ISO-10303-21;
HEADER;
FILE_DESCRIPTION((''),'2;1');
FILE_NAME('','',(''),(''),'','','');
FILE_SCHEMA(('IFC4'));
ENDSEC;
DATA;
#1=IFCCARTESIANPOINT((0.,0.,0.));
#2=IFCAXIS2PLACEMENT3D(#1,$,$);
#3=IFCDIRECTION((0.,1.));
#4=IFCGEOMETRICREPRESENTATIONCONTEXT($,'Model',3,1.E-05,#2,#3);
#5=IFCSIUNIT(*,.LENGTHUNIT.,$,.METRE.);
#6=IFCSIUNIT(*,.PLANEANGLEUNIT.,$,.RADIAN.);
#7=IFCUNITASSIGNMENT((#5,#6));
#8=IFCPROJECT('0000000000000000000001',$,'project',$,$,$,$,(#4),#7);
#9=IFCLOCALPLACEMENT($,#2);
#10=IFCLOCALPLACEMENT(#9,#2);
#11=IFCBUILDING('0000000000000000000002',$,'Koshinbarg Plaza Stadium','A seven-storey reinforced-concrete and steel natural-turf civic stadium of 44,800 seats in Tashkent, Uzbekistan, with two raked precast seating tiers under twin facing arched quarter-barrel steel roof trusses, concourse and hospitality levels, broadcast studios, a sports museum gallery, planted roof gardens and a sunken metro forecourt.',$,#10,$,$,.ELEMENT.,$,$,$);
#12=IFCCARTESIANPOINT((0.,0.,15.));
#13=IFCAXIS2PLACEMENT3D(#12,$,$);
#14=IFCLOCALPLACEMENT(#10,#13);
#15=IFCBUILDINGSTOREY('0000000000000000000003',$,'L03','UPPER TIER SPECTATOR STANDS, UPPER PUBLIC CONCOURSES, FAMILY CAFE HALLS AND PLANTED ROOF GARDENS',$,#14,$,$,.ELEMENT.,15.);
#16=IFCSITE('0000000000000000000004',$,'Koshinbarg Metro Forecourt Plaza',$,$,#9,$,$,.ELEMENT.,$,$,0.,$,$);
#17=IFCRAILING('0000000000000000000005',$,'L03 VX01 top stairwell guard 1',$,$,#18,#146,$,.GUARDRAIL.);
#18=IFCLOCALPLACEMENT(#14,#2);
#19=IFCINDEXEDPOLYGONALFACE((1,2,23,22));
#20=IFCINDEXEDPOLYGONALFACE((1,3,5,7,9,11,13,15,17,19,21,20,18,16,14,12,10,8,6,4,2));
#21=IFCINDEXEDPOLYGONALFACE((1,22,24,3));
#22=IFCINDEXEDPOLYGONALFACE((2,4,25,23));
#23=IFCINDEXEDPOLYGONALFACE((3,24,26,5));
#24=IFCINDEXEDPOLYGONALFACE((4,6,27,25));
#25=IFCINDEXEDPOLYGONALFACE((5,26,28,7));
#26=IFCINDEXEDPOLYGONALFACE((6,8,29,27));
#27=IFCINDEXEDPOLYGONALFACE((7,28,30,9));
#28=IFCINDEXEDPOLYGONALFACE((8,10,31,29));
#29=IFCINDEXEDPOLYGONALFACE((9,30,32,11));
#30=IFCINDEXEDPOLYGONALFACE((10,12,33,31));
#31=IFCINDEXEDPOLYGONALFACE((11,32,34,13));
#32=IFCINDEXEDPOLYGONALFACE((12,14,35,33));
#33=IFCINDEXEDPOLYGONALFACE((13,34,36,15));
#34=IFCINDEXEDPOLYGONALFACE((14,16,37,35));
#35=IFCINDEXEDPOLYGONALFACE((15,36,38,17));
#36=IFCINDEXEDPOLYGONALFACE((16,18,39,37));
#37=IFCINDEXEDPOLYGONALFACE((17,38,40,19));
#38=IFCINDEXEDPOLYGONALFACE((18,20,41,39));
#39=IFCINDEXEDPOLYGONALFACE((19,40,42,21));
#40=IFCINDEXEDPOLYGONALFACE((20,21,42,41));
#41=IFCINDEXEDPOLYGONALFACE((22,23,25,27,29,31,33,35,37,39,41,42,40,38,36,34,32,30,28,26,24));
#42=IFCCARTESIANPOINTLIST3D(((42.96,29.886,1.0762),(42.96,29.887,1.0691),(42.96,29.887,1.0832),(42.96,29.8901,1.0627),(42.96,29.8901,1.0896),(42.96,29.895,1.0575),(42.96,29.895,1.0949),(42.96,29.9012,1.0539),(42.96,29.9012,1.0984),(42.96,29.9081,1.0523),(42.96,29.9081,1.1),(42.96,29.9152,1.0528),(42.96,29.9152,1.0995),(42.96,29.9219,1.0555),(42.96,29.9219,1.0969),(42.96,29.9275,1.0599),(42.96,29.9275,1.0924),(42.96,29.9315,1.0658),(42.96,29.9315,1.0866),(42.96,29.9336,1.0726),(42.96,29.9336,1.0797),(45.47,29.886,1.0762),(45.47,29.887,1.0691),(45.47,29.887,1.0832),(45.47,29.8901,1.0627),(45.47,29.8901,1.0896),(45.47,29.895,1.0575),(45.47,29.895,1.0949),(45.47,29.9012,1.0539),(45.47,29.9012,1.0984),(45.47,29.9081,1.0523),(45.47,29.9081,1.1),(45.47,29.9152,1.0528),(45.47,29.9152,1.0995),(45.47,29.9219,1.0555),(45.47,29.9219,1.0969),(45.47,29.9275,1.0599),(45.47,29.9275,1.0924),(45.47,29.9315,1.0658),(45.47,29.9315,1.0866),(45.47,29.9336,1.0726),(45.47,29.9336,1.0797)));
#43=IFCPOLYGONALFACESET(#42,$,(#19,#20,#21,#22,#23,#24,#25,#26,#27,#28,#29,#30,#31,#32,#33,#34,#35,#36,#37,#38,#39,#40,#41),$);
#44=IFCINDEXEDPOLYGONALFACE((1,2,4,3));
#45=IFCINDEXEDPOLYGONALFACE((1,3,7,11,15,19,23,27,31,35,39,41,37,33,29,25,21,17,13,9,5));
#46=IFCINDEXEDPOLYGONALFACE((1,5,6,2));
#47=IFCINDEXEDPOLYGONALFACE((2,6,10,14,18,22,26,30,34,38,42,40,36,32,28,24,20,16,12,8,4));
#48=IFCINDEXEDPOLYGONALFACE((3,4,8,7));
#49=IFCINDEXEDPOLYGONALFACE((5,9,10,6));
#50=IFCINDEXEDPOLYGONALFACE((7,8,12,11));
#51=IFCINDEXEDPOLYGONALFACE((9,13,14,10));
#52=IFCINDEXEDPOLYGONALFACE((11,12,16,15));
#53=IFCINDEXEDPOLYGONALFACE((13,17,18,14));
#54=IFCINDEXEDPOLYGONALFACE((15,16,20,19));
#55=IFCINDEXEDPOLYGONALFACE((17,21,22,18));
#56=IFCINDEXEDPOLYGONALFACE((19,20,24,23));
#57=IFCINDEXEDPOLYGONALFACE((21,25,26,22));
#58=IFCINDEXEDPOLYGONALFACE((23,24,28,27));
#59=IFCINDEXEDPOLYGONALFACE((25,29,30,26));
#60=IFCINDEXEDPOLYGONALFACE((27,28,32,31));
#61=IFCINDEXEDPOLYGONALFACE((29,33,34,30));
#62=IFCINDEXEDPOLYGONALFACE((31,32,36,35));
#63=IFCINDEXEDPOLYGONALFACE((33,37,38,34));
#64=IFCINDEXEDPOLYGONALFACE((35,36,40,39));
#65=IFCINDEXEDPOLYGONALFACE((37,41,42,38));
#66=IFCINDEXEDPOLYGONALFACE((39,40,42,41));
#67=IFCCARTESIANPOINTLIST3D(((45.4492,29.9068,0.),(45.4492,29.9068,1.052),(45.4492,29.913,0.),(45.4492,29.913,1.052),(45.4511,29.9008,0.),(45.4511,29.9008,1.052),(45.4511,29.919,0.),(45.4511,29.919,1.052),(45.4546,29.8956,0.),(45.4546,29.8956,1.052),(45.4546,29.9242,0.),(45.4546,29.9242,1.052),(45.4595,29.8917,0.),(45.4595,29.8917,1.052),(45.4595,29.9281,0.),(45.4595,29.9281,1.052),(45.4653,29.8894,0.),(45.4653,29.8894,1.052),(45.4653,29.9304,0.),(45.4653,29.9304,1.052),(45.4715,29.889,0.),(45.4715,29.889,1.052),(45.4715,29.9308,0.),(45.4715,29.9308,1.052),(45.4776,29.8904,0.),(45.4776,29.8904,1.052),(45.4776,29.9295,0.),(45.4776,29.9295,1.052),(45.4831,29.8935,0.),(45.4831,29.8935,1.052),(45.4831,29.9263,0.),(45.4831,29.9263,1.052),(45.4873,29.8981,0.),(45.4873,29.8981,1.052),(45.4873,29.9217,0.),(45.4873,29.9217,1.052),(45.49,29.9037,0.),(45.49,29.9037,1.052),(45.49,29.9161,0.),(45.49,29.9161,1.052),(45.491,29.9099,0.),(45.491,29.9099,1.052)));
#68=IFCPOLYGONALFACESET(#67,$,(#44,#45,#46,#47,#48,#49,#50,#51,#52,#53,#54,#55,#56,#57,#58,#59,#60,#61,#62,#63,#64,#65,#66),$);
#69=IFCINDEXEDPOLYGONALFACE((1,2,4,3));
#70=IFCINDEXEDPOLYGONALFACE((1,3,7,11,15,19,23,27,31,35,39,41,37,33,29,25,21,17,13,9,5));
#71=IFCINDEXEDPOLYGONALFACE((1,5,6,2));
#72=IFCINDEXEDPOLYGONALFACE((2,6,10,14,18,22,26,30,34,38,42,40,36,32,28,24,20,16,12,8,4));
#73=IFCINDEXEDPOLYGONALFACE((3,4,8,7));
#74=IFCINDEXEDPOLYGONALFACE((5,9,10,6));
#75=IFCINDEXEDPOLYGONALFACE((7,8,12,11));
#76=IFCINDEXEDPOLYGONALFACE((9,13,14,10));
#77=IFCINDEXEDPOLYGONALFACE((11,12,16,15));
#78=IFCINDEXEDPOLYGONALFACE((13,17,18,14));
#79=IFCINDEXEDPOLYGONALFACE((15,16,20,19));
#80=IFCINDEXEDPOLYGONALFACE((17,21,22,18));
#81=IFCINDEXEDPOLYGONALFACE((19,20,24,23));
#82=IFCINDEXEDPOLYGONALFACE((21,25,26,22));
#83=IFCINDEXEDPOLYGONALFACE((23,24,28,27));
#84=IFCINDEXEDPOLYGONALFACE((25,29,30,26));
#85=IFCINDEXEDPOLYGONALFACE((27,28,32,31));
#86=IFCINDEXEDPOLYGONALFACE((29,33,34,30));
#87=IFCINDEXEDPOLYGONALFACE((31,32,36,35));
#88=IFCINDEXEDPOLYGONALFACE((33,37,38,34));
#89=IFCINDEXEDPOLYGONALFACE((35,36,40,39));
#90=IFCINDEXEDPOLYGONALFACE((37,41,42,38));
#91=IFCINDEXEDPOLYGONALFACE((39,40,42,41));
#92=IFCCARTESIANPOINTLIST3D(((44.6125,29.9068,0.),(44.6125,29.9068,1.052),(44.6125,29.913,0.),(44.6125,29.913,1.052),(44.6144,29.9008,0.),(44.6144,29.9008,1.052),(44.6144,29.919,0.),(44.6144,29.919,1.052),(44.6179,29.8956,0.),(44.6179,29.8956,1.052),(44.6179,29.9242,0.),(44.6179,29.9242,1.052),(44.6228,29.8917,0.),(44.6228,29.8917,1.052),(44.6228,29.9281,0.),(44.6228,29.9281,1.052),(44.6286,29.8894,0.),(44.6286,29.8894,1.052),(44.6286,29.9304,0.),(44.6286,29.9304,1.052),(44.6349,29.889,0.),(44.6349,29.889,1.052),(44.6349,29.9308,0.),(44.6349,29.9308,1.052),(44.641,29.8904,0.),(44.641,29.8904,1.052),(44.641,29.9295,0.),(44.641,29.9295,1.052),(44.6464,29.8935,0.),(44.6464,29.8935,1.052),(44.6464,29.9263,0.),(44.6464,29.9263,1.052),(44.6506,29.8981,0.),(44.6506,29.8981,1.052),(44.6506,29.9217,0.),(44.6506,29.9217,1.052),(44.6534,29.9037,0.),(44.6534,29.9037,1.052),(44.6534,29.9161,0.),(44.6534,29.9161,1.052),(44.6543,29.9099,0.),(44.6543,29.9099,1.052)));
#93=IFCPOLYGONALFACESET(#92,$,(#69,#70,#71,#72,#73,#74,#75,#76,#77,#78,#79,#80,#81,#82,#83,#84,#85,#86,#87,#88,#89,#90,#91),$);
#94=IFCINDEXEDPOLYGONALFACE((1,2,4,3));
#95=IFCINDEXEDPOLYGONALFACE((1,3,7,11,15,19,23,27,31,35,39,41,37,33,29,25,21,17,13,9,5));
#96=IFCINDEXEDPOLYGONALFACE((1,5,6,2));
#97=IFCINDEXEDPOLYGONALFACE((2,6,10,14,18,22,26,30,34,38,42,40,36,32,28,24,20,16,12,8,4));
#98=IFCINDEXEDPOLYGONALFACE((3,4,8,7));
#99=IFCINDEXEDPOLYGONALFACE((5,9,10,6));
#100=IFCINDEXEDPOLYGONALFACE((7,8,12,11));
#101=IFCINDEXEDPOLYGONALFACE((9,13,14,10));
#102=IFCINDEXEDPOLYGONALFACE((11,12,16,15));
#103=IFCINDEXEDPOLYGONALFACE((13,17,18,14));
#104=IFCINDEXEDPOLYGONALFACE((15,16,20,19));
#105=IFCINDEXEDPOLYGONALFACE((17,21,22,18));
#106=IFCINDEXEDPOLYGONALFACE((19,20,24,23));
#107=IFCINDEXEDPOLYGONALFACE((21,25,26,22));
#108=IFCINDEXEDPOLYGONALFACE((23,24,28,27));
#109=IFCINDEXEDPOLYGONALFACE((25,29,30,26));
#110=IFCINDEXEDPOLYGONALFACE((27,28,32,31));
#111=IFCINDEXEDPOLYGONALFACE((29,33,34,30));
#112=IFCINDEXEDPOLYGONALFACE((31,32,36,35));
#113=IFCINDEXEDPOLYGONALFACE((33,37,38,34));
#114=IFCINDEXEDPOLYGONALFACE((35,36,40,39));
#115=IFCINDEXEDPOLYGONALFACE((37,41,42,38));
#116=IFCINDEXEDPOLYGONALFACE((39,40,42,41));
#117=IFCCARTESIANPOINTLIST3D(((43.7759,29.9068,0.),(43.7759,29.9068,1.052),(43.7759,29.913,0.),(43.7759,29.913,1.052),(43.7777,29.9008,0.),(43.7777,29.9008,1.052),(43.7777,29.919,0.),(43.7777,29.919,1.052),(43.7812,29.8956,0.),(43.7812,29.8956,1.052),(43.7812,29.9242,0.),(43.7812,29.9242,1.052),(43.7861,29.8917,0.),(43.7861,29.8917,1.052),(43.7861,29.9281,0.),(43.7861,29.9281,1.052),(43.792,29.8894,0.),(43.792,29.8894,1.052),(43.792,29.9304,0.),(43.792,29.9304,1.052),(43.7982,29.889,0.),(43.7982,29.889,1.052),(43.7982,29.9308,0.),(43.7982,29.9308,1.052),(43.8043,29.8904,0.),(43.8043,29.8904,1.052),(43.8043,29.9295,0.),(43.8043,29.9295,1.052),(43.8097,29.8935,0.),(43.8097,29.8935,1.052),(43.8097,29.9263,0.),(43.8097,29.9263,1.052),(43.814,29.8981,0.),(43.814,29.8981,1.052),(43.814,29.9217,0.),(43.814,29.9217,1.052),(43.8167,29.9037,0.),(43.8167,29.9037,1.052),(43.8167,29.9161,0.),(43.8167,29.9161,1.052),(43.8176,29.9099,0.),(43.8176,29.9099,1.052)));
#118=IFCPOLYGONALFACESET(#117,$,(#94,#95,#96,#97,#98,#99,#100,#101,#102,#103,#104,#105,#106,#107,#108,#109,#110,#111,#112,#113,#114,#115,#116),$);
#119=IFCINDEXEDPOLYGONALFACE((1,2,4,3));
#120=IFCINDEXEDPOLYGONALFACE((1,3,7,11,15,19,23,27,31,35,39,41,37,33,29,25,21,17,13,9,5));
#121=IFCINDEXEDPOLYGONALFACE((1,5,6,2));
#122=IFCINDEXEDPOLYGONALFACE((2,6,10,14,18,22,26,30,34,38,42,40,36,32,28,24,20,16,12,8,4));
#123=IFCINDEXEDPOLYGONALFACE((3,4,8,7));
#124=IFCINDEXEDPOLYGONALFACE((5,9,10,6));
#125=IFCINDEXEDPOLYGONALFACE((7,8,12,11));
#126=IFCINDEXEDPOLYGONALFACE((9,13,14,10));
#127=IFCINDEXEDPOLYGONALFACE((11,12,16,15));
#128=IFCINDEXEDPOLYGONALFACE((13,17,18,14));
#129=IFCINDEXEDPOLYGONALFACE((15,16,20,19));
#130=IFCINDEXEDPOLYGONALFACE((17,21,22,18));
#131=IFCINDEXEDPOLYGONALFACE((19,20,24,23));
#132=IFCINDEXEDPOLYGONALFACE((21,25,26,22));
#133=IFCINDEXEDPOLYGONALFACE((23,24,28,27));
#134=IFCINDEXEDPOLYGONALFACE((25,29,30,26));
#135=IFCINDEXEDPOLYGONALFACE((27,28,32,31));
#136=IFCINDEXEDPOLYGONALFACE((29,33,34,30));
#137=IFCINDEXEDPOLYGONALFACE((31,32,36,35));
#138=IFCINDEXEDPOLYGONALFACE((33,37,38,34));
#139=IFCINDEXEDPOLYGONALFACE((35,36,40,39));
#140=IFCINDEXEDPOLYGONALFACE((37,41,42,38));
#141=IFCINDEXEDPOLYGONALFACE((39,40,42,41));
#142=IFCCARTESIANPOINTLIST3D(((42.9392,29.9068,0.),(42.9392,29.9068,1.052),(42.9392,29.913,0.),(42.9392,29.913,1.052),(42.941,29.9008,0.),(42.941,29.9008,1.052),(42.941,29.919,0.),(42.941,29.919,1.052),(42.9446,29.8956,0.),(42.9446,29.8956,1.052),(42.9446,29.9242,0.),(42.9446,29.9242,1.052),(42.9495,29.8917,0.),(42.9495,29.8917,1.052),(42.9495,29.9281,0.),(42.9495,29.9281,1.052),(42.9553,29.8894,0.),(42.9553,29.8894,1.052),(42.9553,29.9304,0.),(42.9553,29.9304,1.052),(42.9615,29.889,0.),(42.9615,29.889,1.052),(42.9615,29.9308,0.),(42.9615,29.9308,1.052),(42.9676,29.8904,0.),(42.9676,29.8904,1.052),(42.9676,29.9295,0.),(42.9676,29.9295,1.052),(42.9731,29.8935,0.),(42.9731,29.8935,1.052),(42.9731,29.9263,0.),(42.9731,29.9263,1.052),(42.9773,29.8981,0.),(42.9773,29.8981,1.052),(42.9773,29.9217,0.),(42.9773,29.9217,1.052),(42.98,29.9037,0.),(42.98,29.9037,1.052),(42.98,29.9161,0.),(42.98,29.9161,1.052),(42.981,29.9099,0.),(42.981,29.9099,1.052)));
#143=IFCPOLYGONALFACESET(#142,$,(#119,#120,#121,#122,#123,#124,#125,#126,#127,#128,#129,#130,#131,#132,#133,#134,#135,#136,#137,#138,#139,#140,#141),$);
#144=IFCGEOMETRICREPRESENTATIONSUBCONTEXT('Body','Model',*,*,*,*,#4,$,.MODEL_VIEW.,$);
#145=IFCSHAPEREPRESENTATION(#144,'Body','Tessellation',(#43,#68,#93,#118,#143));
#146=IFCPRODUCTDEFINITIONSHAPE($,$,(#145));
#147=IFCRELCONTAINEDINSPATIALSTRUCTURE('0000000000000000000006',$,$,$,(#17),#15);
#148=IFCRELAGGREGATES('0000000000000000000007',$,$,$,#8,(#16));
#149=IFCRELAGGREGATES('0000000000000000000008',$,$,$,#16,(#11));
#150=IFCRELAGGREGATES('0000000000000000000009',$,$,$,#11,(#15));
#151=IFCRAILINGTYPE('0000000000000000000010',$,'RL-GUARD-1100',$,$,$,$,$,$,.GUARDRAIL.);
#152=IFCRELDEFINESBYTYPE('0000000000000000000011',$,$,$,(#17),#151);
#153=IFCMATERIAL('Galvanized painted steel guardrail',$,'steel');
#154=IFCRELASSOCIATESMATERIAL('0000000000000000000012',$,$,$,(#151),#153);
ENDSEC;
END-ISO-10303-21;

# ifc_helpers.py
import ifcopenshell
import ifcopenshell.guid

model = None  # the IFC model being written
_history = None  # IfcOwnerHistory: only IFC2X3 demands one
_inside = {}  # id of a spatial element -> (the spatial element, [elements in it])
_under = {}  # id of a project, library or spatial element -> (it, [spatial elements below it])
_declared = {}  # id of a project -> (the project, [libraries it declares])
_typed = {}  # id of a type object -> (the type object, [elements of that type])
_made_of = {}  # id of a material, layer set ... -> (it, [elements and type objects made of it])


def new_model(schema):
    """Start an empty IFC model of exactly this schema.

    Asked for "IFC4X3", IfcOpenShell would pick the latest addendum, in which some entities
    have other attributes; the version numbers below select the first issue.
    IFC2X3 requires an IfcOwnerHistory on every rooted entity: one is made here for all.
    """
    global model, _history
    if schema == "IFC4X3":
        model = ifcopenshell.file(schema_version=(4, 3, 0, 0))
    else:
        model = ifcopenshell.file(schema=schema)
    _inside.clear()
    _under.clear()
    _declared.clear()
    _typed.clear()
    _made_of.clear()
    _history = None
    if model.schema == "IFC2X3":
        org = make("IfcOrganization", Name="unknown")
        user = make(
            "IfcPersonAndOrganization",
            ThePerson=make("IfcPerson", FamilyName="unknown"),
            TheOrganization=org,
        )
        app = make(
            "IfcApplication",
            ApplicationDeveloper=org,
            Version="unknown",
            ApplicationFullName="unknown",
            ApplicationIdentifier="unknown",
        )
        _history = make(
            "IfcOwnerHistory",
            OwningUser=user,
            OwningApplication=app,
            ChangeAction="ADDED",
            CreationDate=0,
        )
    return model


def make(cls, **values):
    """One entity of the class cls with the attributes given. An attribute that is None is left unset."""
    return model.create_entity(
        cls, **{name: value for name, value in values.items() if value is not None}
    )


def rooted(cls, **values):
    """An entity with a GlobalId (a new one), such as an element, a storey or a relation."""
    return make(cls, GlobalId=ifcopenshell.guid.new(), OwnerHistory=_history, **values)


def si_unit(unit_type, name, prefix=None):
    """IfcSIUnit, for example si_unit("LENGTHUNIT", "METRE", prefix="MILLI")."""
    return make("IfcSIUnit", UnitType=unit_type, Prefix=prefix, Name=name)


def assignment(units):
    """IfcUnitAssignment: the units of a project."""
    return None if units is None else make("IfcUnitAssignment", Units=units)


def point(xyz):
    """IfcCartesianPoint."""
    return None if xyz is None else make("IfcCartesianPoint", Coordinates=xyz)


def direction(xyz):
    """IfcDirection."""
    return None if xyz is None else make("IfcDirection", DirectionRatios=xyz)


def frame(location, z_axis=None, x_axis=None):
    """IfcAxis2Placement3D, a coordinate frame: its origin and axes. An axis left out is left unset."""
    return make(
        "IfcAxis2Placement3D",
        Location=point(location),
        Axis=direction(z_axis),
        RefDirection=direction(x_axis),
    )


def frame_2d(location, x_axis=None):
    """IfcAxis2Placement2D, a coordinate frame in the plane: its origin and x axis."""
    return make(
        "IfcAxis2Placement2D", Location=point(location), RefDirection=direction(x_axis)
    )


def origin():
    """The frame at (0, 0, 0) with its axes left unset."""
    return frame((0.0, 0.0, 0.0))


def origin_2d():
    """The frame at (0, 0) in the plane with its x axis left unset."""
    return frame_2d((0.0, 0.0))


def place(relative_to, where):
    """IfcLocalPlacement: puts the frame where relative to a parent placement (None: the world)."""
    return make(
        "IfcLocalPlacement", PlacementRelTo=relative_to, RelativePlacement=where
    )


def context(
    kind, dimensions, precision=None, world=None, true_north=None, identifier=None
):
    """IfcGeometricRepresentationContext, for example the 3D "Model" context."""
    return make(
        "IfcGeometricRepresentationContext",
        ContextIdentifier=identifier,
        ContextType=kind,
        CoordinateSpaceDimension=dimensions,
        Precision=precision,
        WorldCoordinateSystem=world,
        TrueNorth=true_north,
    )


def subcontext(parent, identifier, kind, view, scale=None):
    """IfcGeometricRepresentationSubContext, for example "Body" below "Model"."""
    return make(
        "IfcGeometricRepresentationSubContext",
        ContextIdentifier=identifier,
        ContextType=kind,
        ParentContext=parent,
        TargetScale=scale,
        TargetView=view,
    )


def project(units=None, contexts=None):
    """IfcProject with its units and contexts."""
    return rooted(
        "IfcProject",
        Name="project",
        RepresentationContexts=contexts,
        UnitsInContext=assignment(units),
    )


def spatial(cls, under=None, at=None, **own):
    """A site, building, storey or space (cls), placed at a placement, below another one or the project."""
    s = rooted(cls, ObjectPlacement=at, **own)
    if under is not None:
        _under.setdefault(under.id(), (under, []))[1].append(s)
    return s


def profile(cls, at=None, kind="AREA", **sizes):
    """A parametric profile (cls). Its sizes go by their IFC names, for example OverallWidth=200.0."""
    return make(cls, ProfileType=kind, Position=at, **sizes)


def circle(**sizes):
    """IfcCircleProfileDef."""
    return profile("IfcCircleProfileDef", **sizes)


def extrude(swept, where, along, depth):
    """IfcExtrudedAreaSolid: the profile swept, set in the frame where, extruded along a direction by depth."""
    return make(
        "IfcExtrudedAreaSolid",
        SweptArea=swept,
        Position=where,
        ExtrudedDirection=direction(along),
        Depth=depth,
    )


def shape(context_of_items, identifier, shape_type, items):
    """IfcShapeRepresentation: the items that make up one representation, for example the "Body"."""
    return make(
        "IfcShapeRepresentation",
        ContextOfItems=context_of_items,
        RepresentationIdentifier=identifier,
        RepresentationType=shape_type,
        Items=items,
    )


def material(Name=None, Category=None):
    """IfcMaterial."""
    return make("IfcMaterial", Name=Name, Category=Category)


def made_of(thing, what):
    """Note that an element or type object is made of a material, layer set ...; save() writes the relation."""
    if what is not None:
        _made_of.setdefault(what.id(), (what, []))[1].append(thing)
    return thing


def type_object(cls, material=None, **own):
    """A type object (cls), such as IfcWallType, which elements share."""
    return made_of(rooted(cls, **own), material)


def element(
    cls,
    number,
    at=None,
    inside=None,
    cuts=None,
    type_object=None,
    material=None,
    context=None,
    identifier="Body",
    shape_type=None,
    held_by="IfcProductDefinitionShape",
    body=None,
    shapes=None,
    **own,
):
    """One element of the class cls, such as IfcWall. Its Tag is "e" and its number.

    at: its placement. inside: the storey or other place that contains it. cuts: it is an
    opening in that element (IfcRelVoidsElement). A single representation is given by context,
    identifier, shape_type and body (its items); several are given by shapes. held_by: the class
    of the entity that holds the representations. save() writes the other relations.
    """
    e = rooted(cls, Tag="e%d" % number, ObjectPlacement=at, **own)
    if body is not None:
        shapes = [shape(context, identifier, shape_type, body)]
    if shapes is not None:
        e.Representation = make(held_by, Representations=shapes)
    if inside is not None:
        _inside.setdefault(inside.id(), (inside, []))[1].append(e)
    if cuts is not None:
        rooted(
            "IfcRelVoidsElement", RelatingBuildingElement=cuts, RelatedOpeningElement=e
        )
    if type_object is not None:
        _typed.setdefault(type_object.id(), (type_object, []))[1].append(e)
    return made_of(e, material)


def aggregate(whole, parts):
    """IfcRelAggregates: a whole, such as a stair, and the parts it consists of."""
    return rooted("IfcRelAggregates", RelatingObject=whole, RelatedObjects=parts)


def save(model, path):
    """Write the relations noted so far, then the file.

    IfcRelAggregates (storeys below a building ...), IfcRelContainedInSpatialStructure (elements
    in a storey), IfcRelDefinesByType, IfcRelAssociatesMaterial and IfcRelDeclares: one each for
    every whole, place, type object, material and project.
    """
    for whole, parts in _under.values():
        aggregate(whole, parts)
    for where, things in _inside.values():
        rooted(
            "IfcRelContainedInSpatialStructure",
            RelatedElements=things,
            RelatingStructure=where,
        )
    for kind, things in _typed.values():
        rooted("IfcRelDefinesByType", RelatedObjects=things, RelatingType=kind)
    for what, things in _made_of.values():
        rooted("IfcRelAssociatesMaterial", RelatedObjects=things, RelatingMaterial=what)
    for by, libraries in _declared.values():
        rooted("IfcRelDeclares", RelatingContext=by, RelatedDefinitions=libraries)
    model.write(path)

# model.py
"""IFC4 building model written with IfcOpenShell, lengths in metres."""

from ifc_helpers import new_model, si_unit, direction, frame, origin, origin_2d, place, context, subcontext, project, spatial, circle, extrude, material, type_object, element, save


model = new_model("IFC4")

# Units and contexts
model_context = context("Model", 3, precision=1e-05, world=origin(), true_north=direction((0.0, 1.0)))
body_context = subcontext(model_context, "Body", "Model", "MODEL_VIEW")
ifc_project = project(units=[si_unit("LENGTHUNIT", "METRE"), si_unit("PLANEANGLEUNIT", "RADIAN")], contexts=[model_context])

# Site, building, storey
site_placement = place(None, origin())
site = spatial("IfcSite", under=ifc_project, at=site_placement, Name="Koshinbarg Metro Forecourt Plaza", CompositionType="ELEMENT", RefElevation=0.0)
building_placement = place(site_placement, origin())
building = spatial("IfcBuilding", under=site, at=building_placement, Name="Koshinbarg Plaza Stadium", Description="A seven-storey reinforced-concrete and steel natural-turf civic stadium of 44,800 seats in Tashkent, Uzbekistan, with two raked precast seating tiers under twin facing arched quarter-barrel steel roof trusses, concourse and hospitality levels, broadcast studios, a sports museum gallery, planted roof gardens and a sunken metro forecourt.", CompositionType="ELEMENT")
storey_placement = place(building_placement, frame((0.0, 0.0, 15.0)))
storey = spatial("IfcBuildingStorey", under=building, at=storey_placement, Name="L03", Description="UPPER TIER SPECTATOR STANDS, UPPER PUBLIC CONCOURSES, FAMILY CAFE HALLS AND PLANTED ROOF GARDENS", CompositionType="ELEMENT", Elevation=15.0)

# Railing
ifc_material_1 = material(Name="Galvanized painted steel guardrail", Category="steel")
railing_type_1 = type_object("IfcRailingType", Name="RL-GUARD-1100", PredefinedType="GUARDRAIL", material=ifc_material_1)
railing_1_placement = place(storey_placement, frame((45.47, 29.9099, 0.0)))
element("IfcRailing", 1, at=railing_1_placement, inside=storey, type_object=railing_type_1, Name="L03 VX01 top stairwell guard 1", PredefinedType="GUARDRAIL", context=body_context, shape_type="SweptSolid", body=[
    extrude(circle(Radius=0.0239, at=origin_2d()), frame((0.0, 0.0, 1.0762), z_axis=(-1.0, 0.0, 0.0), x_axis=(0.0, -1.0, 0.0)), (0.0, 0.0, 1.0), 2.51),
    extrude(circle(Radius=0.021, at=origin_2d()), origin(), (0.0, 0.0, 1.0), 1.052),
    extrude(circle(Radius=0.021, at=origin_2d()), frame((-0.8367, 0.0, 0.0)), (0.0, 0.0, 1.0), 1.052),
    extrude(circle(Radius=0.021, at=origin_2d()), frame((-1.6733, 0.0, 0.0)), (0.0, 0.0, 1.0), 1.052),
    extrude(circle(Radius=0.021, at=origin_2d()), frame((-2.51, 0.0, 0.0)), (0.0, 0.0, 1.0), 1.052),
])

save(model, "model.ifc")
